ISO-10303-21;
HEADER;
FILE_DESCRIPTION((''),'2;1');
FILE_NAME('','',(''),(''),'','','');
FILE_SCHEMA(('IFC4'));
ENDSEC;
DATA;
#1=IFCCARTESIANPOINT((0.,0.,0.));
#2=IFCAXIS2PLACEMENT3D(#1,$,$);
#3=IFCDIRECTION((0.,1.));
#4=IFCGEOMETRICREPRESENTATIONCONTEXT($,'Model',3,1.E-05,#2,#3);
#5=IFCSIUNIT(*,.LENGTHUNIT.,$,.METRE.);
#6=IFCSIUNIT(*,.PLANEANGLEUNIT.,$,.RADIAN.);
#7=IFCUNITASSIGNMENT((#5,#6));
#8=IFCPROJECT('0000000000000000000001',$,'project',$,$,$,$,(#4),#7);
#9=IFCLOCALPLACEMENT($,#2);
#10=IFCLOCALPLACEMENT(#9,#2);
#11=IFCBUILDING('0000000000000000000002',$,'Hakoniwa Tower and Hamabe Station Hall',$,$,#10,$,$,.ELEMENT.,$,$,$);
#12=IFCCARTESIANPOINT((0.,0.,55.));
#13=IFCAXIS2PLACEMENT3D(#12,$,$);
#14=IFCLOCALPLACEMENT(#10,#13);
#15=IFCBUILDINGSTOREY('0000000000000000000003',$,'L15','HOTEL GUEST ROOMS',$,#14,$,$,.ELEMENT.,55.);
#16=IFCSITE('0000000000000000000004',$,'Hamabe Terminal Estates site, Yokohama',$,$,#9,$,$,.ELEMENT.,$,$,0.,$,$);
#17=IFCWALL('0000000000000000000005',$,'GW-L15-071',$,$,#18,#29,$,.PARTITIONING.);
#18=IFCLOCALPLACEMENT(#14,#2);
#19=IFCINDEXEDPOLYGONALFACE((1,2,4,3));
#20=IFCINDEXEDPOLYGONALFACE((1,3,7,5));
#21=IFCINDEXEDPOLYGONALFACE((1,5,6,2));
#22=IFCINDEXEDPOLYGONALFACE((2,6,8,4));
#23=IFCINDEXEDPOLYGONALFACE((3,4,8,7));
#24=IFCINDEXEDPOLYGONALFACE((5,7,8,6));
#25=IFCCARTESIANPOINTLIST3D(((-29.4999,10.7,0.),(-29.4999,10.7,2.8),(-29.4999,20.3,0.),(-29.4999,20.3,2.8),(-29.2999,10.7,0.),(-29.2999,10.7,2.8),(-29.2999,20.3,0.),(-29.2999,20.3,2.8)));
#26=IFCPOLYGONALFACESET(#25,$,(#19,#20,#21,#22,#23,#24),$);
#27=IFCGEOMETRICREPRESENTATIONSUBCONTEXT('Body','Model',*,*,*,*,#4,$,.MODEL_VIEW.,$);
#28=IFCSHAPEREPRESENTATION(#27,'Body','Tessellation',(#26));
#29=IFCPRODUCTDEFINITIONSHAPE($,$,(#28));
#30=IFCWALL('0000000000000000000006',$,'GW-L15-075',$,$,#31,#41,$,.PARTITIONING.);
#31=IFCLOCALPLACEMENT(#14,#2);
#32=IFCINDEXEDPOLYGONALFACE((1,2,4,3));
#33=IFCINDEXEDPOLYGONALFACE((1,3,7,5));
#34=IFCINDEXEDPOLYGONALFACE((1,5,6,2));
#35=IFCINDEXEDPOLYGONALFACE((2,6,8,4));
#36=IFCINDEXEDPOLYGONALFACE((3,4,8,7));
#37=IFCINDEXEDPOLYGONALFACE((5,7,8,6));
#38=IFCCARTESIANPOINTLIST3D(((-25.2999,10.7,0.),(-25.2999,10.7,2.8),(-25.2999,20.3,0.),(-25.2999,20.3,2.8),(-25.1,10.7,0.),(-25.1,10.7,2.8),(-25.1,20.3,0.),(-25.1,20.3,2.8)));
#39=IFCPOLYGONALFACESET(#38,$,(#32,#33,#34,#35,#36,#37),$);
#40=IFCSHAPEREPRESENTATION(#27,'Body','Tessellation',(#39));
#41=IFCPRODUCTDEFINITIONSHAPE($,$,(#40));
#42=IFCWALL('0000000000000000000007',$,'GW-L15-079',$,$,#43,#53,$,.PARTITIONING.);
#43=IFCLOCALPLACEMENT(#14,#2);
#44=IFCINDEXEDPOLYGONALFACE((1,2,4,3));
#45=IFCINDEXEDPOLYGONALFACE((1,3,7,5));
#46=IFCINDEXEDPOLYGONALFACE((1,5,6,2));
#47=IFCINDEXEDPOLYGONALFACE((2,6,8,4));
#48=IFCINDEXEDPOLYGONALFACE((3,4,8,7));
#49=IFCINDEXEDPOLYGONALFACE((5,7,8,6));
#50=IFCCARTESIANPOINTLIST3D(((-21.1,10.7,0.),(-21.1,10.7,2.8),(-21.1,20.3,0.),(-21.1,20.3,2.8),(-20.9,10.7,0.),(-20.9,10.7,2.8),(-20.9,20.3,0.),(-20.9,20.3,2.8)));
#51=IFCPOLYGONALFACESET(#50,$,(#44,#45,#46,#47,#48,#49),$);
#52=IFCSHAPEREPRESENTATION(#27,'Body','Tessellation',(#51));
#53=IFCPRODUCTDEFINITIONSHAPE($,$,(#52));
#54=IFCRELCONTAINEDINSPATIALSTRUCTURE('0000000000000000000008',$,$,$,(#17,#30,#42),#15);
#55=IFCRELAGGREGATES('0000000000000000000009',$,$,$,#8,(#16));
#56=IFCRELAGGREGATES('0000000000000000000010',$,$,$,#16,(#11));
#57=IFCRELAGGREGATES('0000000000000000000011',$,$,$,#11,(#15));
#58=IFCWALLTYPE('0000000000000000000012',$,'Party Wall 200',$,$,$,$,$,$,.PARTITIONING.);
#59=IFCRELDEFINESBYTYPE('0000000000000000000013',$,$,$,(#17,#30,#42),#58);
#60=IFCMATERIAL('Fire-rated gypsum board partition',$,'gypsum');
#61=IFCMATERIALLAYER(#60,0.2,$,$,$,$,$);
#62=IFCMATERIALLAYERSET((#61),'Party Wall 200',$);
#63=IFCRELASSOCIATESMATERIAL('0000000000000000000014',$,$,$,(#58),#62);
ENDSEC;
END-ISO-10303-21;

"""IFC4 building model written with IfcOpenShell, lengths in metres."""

from ifc_helpers import new_model, si_unit, direction, frame, frame_2d, origin, place, context, subcontext, project, spatial, rectangle, extrude, material, layer, layer_set, type_object, element, save


model = new_model("IFC4")

# Units and contexts
model_context = context("Model", 3, precision=1e-05, world=origin(), true_north=direction((0.0, 1.0)))
body_context = subcontext(model_context, "Body", "Model", "MODEL_VIEW")
ifc_project = project(units=[si_unit("LENGTHUNIT", "METRE"), si_unit("PLANEANGLEUNIT", "RADIAN")], contexts=[model_context])

# Site, building, storey
site_placement = place(None, origin())
site = spatial("IfcSite", under=ifc_project, at=site_placement, Name="Hamabe Terminal Estates site, Yokohama", CompositionType="ELEMENT", RefElevation=0.0)
building_placement = place(site_placement, origin())
building = spatial("IfcBuilding", under=site, at=building_placement, Name="Hakoniwa Tower and Hamabe Station Hall", CompositionType="ELEMENT")
storey_placement = place(building_placement, frame((0.0, 0.0, 55.0)))
storey = spatial("IfcBuildingStorey", under=building, at=storey_placement, Name="L15", Description="HOTEL GUEST ROOMS", CompositionType="ELEMENT", Elevation=55.0)

# Walls
ifc_material_1 = material(Name="Fire-rated gypsum board partition", Category="gypsum")
ifc_layer_1 = layer(ifc_material_1, 0.2)
ifc_layer_set_1 = layer_set([ifc_layer_1], Name="Party Wall 200")
wall_type_1 = type_object("IfcWallType", Name="Party Wall 200", PredefinedType="PARTITIONING", material=ifc_layer_set_1)
for number, where, z_axis, x_axis, name in (
    (1, (-29.3999, 10.7, 0.0), (0.0, 0.0, 1.0), (0.0, 1.0, 0.0), "GW-L15-071"),
    (2, (-25.2, 10.7, 0.0), (0.0, 0.0, 1.0), (0.0, 1.0, 0.0), "GW-L15-075"),
    (3, (-21.0, 10.7, 0.0), (0.0, 0.0, 1.0), (0.0, 1.0, 0.0), "GW-L15-079"),
):
    element("IfcWall", number, at=place(storey_placement, frame(where, z_axis=z_axis, x_axis=x_axis)), inside=storey, type_object=wall_type_1, Name=name, PredefinedType="PARTITIONING", context=body_context, shape_type="SweptSolid", body=[
        extrude(rectangle(XDim=9.6001, YDim=0.2, at=frame_2d((4.8, 0.0))), origin(), (0.0, 0.0, 1.0), 2.8),
    ])

save(model, "model.ifc")
